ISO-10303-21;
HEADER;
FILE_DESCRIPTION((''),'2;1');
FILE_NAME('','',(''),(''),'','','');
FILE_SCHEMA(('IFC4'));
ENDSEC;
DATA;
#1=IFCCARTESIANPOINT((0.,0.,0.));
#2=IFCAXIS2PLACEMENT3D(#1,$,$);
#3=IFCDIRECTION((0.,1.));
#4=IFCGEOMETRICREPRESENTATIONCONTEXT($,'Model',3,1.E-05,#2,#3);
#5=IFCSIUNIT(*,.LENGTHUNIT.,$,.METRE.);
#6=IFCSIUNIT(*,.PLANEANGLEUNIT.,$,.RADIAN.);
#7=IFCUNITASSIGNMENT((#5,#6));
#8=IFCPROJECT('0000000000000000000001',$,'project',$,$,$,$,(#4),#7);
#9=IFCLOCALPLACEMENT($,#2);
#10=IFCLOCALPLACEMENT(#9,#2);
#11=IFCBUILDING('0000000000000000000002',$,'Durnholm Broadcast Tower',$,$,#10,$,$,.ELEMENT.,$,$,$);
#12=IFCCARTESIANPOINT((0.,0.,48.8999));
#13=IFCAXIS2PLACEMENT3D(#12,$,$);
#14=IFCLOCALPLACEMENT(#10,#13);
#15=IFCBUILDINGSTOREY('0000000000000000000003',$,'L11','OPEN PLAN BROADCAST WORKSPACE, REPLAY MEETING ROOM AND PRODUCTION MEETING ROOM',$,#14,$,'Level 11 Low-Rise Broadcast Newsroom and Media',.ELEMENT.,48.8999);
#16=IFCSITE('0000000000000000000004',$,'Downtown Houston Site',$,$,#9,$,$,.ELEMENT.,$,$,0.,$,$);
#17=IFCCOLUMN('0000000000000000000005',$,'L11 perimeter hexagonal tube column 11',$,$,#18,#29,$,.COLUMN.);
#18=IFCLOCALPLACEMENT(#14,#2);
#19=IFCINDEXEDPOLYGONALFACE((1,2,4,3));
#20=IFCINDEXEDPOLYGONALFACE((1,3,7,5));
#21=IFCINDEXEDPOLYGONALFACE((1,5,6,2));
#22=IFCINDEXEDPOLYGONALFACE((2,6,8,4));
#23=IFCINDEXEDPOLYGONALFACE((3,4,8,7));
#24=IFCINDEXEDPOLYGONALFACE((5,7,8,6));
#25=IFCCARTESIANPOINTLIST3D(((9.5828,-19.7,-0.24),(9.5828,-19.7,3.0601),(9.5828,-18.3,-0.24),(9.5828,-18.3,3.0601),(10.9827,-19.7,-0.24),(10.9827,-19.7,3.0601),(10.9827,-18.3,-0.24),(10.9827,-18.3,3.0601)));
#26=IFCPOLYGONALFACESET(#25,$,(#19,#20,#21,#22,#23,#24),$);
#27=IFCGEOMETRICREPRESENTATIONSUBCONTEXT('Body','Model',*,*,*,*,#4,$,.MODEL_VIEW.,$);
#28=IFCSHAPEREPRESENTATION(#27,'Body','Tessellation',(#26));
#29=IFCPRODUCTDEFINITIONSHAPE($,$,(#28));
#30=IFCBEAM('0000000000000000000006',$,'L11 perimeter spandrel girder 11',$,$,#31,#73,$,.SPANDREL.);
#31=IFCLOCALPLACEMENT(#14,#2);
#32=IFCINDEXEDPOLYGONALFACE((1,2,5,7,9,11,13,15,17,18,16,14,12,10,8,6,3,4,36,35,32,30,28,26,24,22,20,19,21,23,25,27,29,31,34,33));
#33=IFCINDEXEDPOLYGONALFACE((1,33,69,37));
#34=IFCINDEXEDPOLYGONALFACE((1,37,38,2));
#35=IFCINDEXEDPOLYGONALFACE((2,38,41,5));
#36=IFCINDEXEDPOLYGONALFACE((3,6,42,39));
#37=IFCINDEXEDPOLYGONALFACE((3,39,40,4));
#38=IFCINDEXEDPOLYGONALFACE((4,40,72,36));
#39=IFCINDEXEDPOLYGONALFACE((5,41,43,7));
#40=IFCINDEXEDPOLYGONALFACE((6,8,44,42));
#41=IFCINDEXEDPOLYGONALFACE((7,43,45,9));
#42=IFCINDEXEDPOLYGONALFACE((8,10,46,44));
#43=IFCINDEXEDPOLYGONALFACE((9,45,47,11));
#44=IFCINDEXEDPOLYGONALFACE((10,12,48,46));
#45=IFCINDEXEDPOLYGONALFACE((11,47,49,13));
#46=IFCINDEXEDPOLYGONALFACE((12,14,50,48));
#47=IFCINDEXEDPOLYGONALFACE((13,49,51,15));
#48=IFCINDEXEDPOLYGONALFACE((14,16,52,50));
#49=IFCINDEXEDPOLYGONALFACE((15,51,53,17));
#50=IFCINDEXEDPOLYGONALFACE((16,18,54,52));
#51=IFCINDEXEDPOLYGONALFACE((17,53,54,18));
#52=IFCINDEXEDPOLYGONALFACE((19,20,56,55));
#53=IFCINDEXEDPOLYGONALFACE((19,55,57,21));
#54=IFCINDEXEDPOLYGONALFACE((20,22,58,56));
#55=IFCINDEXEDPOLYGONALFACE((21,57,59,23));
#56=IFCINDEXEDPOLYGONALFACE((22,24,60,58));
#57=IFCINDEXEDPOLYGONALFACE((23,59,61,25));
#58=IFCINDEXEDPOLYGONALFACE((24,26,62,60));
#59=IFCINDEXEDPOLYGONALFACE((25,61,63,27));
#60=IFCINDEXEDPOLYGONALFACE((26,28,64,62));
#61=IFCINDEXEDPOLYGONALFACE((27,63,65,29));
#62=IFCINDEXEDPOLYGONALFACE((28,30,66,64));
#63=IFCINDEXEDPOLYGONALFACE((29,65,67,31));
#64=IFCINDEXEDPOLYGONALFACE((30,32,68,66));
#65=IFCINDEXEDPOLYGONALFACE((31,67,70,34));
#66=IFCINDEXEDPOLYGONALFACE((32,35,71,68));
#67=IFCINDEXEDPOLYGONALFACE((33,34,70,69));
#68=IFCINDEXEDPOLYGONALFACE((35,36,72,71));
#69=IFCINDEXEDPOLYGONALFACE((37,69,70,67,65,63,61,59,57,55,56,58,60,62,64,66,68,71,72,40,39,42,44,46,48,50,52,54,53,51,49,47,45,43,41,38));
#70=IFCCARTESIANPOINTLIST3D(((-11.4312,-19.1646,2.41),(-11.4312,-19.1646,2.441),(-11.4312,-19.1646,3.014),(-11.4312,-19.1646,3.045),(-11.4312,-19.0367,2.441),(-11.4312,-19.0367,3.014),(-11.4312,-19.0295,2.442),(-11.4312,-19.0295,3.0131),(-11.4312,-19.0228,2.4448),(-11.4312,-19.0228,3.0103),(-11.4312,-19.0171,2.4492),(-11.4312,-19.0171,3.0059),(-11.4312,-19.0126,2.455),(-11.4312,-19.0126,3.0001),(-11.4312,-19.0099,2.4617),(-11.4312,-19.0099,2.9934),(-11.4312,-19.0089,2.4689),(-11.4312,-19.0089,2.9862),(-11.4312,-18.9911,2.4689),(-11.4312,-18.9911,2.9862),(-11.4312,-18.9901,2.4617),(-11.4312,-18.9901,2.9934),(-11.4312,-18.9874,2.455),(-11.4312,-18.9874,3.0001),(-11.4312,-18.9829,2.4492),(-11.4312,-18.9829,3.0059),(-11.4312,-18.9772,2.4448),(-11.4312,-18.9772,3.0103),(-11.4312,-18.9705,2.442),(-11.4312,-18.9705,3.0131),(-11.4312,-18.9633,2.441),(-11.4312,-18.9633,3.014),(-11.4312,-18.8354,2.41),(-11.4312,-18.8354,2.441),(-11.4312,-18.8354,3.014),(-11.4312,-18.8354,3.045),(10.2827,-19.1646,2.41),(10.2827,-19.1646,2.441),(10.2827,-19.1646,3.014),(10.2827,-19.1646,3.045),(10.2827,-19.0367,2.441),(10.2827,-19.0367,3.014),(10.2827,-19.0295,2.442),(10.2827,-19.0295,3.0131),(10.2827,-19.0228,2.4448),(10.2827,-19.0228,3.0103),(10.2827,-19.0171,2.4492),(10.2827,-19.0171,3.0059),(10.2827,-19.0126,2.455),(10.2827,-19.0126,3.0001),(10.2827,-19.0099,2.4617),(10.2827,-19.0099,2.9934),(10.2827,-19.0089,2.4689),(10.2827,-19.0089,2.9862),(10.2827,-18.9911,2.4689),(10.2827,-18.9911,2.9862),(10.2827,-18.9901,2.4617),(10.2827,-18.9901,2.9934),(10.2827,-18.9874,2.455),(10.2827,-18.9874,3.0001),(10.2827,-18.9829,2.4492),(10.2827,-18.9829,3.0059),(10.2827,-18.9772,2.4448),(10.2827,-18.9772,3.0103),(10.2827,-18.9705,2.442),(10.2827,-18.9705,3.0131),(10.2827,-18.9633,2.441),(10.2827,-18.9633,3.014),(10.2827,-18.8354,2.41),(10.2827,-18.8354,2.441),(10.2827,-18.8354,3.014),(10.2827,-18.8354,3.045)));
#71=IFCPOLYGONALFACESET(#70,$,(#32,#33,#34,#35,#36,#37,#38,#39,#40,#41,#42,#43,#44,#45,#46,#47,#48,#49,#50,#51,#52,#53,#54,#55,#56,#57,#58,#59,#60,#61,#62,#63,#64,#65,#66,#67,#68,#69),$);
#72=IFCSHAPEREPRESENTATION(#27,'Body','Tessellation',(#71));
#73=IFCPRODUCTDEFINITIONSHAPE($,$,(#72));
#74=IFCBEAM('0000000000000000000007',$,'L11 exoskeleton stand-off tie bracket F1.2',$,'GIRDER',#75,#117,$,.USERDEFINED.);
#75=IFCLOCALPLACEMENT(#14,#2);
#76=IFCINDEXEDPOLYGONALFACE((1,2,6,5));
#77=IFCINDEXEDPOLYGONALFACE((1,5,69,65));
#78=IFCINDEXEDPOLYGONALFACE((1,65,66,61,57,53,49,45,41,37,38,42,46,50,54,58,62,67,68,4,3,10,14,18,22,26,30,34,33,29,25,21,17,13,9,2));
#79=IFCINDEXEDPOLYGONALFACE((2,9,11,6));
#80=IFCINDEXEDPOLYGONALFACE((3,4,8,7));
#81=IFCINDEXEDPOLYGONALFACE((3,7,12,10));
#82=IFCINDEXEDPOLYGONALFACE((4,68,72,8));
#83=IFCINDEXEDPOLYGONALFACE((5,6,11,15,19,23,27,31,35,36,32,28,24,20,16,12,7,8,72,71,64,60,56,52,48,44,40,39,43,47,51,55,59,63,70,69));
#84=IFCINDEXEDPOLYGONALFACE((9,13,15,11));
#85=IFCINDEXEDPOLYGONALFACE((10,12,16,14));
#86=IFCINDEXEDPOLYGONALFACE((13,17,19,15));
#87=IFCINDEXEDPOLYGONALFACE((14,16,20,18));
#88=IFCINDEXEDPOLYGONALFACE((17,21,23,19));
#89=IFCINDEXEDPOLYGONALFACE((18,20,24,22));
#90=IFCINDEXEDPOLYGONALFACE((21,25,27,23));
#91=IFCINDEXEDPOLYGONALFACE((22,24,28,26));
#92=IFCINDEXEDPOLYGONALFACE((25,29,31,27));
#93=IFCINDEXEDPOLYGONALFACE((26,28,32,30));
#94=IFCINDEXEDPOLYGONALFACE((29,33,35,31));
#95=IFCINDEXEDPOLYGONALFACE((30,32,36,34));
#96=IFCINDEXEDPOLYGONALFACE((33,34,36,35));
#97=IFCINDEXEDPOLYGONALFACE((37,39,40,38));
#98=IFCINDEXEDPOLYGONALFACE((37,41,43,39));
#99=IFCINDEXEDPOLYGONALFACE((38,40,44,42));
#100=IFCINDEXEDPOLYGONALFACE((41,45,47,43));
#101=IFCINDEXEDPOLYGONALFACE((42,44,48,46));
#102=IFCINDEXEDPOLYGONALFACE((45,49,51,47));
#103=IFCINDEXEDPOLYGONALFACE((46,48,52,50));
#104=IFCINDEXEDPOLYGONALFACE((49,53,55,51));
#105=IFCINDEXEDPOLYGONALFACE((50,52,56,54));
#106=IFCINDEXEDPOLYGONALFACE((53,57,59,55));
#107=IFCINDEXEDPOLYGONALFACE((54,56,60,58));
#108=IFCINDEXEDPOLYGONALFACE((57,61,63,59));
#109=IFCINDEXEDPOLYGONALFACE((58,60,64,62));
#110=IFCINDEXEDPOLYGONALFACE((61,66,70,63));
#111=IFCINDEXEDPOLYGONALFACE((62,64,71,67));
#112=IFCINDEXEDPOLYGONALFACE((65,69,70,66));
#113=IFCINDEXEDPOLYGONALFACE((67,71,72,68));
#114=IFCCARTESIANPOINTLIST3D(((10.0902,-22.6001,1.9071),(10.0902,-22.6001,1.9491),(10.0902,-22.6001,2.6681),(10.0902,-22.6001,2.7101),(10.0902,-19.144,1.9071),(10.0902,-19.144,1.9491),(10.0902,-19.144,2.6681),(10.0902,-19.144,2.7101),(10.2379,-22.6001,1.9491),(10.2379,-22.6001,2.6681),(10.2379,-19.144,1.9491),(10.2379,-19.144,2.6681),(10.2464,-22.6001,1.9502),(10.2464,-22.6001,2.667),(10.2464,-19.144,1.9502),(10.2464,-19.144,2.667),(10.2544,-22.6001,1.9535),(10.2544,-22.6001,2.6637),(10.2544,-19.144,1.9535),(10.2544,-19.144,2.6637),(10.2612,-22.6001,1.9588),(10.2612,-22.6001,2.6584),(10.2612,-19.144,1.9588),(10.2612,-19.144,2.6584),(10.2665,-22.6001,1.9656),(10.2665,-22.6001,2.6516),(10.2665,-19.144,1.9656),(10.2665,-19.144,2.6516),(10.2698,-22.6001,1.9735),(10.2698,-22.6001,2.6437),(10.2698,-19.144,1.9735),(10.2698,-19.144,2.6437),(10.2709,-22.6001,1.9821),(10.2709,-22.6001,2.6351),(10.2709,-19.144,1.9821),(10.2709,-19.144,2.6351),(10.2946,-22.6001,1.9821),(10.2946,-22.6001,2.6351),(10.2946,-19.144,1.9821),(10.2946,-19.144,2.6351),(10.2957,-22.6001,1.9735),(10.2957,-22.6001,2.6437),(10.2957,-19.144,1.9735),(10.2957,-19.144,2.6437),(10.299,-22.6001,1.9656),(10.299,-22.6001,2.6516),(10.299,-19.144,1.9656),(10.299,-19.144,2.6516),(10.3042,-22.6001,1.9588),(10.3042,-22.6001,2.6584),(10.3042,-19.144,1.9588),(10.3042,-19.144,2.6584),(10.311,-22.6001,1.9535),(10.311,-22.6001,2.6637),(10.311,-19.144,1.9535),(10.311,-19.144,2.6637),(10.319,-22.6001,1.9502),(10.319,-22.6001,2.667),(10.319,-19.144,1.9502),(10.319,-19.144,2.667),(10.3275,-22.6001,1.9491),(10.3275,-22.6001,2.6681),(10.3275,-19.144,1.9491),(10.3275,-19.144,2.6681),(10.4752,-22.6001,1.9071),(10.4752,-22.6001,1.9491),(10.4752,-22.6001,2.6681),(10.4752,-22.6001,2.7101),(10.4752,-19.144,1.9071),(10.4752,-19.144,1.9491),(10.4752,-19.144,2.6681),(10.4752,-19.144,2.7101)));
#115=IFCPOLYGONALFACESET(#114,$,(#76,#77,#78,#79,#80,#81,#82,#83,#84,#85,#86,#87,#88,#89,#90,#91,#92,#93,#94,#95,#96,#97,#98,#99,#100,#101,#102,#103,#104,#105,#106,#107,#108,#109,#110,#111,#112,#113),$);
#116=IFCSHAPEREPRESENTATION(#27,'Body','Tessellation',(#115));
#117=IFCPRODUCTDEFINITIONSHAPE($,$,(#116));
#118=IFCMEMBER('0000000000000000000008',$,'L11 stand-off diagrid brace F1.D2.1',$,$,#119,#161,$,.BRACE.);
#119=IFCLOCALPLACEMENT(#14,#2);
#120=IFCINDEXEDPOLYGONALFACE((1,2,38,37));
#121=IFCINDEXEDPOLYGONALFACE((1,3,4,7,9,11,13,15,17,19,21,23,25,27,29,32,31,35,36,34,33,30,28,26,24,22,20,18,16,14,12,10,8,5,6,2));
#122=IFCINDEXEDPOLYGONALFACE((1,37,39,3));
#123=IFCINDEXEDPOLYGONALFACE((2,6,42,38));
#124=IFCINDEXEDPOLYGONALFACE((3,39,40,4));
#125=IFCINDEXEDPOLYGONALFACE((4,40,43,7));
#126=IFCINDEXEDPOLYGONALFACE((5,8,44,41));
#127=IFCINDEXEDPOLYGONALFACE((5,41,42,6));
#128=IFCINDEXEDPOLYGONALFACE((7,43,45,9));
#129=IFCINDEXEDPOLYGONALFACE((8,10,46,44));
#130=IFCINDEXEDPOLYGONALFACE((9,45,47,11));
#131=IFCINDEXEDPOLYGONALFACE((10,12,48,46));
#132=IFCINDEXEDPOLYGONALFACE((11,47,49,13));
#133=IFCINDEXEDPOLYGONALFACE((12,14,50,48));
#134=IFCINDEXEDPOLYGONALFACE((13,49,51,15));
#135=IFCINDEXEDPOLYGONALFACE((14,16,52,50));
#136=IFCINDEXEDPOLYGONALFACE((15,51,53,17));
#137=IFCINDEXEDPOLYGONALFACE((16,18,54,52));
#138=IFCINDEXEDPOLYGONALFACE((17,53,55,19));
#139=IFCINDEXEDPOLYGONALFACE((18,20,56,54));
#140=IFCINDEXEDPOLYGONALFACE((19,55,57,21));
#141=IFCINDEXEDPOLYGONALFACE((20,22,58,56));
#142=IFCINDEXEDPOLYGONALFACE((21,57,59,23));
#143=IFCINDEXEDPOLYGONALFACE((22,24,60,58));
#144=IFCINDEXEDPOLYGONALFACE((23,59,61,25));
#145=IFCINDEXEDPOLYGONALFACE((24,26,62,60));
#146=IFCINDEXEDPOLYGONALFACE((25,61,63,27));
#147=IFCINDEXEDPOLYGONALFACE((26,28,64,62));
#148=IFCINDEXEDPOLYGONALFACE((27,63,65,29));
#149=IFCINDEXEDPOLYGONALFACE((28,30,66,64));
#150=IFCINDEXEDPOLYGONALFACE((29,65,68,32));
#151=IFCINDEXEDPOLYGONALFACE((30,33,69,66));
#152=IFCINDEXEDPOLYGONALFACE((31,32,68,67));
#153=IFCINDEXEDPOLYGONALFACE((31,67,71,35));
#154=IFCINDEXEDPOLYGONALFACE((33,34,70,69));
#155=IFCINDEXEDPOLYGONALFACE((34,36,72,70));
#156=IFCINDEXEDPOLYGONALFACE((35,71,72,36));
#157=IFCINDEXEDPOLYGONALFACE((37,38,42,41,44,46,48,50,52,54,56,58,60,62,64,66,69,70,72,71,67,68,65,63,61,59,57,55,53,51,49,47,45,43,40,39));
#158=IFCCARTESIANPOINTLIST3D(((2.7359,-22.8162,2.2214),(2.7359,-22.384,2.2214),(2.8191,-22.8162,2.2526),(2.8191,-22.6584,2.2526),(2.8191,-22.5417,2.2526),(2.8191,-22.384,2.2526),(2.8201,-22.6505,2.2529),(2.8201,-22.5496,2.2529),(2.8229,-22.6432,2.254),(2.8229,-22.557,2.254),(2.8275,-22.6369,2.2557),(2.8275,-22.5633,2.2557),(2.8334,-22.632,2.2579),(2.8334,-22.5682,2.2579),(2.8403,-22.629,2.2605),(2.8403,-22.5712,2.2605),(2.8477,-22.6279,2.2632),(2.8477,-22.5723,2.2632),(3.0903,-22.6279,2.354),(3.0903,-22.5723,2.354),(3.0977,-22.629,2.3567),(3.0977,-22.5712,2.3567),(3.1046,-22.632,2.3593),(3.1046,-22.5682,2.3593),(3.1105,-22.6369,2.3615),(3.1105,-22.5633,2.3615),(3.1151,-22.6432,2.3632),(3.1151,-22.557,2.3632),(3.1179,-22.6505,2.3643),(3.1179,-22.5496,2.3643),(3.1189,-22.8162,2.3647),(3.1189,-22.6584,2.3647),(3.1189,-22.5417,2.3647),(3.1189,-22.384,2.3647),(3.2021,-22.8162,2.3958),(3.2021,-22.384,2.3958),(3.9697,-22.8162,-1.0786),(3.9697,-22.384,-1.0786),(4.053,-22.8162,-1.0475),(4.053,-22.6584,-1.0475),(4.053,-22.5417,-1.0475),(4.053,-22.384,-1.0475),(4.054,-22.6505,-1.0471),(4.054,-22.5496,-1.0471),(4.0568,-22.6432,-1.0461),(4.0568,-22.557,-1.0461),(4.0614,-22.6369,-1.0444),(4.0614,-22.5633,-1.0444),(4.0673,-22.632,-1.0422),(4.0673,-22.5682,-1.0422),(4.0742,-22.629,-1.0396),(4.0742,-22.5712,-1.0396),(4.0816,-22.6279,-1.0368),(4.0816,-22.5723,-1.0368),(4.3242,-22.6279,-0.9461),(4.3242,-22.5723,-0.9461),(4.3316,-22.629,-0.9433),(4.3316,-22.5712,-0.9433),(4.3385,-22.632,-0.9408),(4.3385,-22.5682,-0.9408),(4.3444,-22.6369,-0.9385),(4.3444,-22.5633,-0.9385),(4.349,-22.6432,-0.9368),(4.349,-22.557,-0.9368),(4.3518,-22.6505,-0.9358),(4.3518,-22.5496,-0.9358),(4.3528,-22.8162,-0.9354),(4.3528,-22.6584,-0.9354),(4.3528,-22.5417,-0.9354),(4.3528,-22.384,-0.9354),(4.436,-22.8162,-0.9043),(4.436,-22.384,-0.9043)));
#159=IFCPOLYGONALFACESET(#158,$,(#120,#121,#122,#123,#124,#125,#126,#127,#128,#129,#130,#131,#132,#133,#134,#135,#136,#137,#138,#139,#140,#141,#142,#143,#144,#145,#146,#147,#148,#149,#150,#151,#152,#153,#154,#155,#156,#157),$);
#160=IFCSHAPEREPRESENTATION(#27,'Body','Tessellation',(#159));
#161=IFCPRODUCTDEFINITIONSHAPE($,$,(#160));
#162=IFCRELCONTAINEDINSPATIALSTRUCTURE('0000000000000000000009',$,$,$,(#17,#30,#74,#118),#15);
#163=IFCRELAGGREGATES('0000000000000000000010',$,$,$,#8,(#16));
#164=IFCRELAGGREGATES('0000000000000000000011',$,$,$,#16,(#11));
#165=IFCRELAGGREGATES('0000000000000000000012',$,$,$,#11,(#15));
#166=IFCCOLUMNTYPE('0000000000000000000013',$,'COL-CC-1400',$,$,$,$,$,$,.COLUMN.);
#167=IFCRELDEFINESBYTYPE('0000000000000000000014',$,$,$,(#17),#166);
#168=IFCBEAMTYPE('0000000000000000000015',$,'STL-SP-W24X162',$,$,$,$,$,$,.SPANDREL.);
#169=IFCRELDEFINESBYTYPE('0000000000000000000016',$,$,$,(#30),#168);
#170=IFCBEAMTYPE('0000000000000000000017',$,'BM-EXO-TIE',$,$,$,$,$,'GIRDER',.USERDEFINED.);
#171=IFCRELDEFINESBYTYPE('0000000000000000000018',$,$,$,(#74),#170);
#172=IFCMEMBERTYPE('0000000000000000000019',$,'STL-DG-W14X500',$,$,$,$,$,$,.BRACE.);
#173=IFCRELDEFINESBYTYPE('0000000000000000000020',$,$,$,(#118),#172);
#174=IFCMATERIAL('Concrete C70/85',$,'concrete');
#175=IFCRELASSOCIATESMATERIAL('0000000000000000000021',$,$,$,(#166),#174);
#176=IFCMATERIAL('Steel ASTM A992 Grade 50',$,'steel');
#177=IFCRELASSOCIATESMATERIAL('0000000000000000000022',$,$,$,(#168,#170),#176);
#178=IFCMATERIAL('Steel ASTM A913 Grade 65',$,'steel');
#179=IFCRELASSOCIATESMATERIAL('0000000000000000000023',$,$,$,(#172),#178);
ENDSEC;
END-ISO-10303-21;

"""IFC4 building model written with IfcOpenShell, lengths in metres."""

from ifc_helpers import new_model, si_unit, direction, frame, origin, origin_2d, place, context, subcontext, project, spatial, rectangle, i_section, extrude, source, transform, mapped, material, material_profile, profile_set, type_object, type_shapes, element, save


model = new_model("IFC4")

# Units and contexts
model_context = context("Model", 3, precision=1e-05, world=origin(), true_north=direction((0.0, 1.0)))
body_context = subcontext(model_context, "Body", "Model", "MODEL_VIEW")
ifc_project = project(units=[si_unit("LENGTHUNIT", "METRE"), si_unit("PLANEANGLEUNIT", "RADIAN")], contexts=[model_context])

# Site, building, storey
site_placement = place(None, origin())
site = spatial("IfcSite", under=ifc_project, at=site_placement, Name="Downtown Houston Site", CompositionType="ELEMENT", RefElevation=0.0)
building_placement = place(site_placement, origin())
building = spatial("IfcBuilding", under=site, at=building_placement, Name="Durnholm Broadcast Tower", CompositionType="ELEMENT")
storey_placement = place(building_placement, frame((0.0, 0.0, 48.8999)))
storey = spatial("IfcBuildingStorey", under=building, at=storey_placement, Name="L11", Description="OPEN PLAN BROADCAST WORKSPACE, REPLAY MEETING ROOM AND PRODUCTION MEETING ROOM", LongName="Level 11 Low-Rise Broadcast Newsroom and Media", CompositionType="ELEMENT", Elevation=48.8999)

# Column
ifc_material_1 = material(Name="Concrete C70/85", Category="concrete")
ifc_material_profile_1 = material_profile(ifc_material_1, rectangle(XDim=1.3999, YDim=1.3999, at=origin_2d()), Name="RC1400X1400")
ifc_profile_set_1 = profile_set([ifc_material_profile_1], Name="Concrete C70/85")
column_type = type_object("IfcColumnType", Name="COL-CC-1400", PredefinedType="COLUMN", material=ifc_profile_set_1)
shared_shape_1 = source(origin(), body_context, "Body", "SweptSolid", [
    extrude(rectangle(XDim=1.3999, YDim=1.3999, at=origin_2d()), origin(), (0.0, 0.0, 1.0), 3.3),
])
type_shapes(column_type, [shared_shape_1])
column_placement = place(storey_placement, frame((10.2827, -19.0, -0.24), z_axis=(0.0, 0.0, 1.0), x_axis=(1.0, 0.0, 0.0)))
element("IfcColumn", 1, at=column_placement, inside=storey, type_object=column_type, Name="L11 perimeter hexagonal tube column 11", PredefinedType="COLUMN", context=body_context, shape_type="MappedRepresentation", body=[
    mapped(shared_shape_1, transform((0.0, 0.0, 0.0), x_axis=(1.0, 0.0, 0.0), y_axis=(0.0, 1.0, 0.0), z_axis=(0.0, 0.0, 1.0), scale=1.0)),
])

# Beams
ifc_material_2 = material(Name="Steel ASTM A992 Grade 50", Category="steel")
ifc_material_profile_2 = material_profile(ifc_material_2, i_section(OverallWidth=0.3291, OverallDepth=0.635, WebThickness=0.0178, FlangeThickness=0.031, FilletRadius=0.0278, at=origin_2d()), Name="W24X162")
ifc_profile_set_2 = profile_set([ifc_material_profile_2], Name="Steel ASTM A992 Grade 50")
beam_type_1 = type_object("IfcBeamType", Name="STL-SP-W24X162", PredefinedType="SPANDREL", material=ifc_profile_set_2)
shared_shape_2 = source(origin(), body_context, "Body", "SweptSolid", [
    extrude(i_section(OverallWidth=0.3291, OverallDepth=0.635, WebThickness=0.0178, FlangeThickness=0.031, FilletRadius=0.0278, at=origin_2d()), origin(), (0.0, 0.0, 1.0), 21.7139),
])
type_shapes(beam_type_1, [shared_shape_2])
beam_1_placement = place(storey_placement, frame((10.2827, -19.0, 2.7275), z_axis=(-1.0, 0.0, 0.0), x_axis=(0.0, -1.0, 0.0)))
element("IfcBeam", 2, at=beam_1_placement, inside=storey, type_object=beam_type_1, Name="L11 perimeter spandrel girder 11", PredefinedType="SPANDREL", context=body_context, shape_type="MappedRepresentation", body=[
    mapped(shared_shape_2, transform((0.0, 0.0, 0.0), x_axis=(1.0, 0.0, 0.0), y_axis=(0.0, 1.0, 0.0), z_axis=(0.0, 0.0, 1.0), scale=1.0)),
])
ifc_material_profile_3 = material_profile(ifc_material_2, i_section(OverallWidth=0.385, OverallDepth=0.803, WebThickness=0.0237, FlangeThickness=0.042, FilletRadius=0.033, at=origin_2d()), Name="W30X261")
ifc_profile_set_3 = profile_set([ifc_material_profile_3], Name="Steel ASTM A992 Grade 50")
beam_type_2 = type_object("IfcBeamType", Name="BM-EXO-TIE", ElementType="GIRDER", PredefinedType="USERDEFINED", material=ifc_profile_set_3)
shared_shape_3 = source(origin(), body_context, "Body", "SweptSolid", [
    extrude(i_section(OverallWidth=0.385, OverallDepth=0.803, WebThickness=0.0237, FlangeThickness=0.042, FilletRadius=0.033, at=origin_2d()), origin(), (0.0, 0.0, 1.0), 3.4561),
])
type_shapes(beam_type_2, [shared_shape_3])
beam_2_placement = place(storey_placement, frame((10.2827, -19.144, 2.3086), z_axis=(0.0, -1.0, 0.0), x_axis=(1.0, 0.0, 0.0)))
element("IfcBeam", 3, at=beam_2_placement, inside=storey, type_object=beam_type_2, Name="L11 exoskeleton stand-off tie bracket F1.2", ObjectType="GIRDER", PredefinedType="USERDEFINED", context=body_context, shape_type="MappedRepresentation", body=[
    mapped(shared_shape_3, transform((0.0, 0.0, 0.0), x_axis=(1.0, 0.0, 0.0), y_axis=(0.0, 1.0, 0.0), z_axis=(0.0, 0.0, 1.0), scale=1.0)),
])

# Member
ifc_material_3 = material(Name="Steel ASTM A913 Grade 65", Category="steel")
ifc_material_profile_4 = material_profile(ifc_material_3, i_section(OverallWidth=0.4321, OverallDepth=0.4978, WebThickness=0.0557, FlangeThickness=0.0889, FilletRadius=0.0305, at=origin_2d()), Name="W14X500")
ifc_profile_set_4 = profile_set([ifc_material_profile_4], Name="Steel ASTM A913 Grade 65")
member_type_1 = type_object("IfcMemberType", Name="STL-DG-W14X500", PredefinedType="BRACE", material=ifc_profile_set_4)
shared_shape_4 = source(origin(), body_context, "Body", "SweptSolid", [
    extrude(i_section(OverallWidth=0.4321, OverallDepth=0.4978, WebThickness=0.0557, FlangeThickness=0.0889, FilletRadius=0.0305, at=origin_2d()), origin(), (0.0, 0.0, 1.0), 3.5232),
])
type_shapes(member_type_1, [shared_shape_4])
for number, where, z_axis, x_axis, name in (
    (4, (4.2029, -22.6001, -0.9915), (-0.35022, 0.0, 0.936668), (0.0, -1.0, 0.0), "L11 stand-off diagrid brace F1.D2.1"),
):
    element("IfcMember", number, at=place(storey_placement, frame(where, z_axis=z_axis, x_axis=x_axis)), inside=storey, type_object=member_type_1, Name=name, PredefinedType="BRACE", context=body_context, shape_type="MappedRepresentation", body=[
        mapped(shared_shape_4, transform((0.0, 0.0, 0.0), x_axis=(1.0, 0.0, 0.0), y_axis=(0.0, 1.0, 0.0), z_axis=(0.0, 0.0, 1.0), scale=1.0)),
    ])

save(model, "model.ifc")
